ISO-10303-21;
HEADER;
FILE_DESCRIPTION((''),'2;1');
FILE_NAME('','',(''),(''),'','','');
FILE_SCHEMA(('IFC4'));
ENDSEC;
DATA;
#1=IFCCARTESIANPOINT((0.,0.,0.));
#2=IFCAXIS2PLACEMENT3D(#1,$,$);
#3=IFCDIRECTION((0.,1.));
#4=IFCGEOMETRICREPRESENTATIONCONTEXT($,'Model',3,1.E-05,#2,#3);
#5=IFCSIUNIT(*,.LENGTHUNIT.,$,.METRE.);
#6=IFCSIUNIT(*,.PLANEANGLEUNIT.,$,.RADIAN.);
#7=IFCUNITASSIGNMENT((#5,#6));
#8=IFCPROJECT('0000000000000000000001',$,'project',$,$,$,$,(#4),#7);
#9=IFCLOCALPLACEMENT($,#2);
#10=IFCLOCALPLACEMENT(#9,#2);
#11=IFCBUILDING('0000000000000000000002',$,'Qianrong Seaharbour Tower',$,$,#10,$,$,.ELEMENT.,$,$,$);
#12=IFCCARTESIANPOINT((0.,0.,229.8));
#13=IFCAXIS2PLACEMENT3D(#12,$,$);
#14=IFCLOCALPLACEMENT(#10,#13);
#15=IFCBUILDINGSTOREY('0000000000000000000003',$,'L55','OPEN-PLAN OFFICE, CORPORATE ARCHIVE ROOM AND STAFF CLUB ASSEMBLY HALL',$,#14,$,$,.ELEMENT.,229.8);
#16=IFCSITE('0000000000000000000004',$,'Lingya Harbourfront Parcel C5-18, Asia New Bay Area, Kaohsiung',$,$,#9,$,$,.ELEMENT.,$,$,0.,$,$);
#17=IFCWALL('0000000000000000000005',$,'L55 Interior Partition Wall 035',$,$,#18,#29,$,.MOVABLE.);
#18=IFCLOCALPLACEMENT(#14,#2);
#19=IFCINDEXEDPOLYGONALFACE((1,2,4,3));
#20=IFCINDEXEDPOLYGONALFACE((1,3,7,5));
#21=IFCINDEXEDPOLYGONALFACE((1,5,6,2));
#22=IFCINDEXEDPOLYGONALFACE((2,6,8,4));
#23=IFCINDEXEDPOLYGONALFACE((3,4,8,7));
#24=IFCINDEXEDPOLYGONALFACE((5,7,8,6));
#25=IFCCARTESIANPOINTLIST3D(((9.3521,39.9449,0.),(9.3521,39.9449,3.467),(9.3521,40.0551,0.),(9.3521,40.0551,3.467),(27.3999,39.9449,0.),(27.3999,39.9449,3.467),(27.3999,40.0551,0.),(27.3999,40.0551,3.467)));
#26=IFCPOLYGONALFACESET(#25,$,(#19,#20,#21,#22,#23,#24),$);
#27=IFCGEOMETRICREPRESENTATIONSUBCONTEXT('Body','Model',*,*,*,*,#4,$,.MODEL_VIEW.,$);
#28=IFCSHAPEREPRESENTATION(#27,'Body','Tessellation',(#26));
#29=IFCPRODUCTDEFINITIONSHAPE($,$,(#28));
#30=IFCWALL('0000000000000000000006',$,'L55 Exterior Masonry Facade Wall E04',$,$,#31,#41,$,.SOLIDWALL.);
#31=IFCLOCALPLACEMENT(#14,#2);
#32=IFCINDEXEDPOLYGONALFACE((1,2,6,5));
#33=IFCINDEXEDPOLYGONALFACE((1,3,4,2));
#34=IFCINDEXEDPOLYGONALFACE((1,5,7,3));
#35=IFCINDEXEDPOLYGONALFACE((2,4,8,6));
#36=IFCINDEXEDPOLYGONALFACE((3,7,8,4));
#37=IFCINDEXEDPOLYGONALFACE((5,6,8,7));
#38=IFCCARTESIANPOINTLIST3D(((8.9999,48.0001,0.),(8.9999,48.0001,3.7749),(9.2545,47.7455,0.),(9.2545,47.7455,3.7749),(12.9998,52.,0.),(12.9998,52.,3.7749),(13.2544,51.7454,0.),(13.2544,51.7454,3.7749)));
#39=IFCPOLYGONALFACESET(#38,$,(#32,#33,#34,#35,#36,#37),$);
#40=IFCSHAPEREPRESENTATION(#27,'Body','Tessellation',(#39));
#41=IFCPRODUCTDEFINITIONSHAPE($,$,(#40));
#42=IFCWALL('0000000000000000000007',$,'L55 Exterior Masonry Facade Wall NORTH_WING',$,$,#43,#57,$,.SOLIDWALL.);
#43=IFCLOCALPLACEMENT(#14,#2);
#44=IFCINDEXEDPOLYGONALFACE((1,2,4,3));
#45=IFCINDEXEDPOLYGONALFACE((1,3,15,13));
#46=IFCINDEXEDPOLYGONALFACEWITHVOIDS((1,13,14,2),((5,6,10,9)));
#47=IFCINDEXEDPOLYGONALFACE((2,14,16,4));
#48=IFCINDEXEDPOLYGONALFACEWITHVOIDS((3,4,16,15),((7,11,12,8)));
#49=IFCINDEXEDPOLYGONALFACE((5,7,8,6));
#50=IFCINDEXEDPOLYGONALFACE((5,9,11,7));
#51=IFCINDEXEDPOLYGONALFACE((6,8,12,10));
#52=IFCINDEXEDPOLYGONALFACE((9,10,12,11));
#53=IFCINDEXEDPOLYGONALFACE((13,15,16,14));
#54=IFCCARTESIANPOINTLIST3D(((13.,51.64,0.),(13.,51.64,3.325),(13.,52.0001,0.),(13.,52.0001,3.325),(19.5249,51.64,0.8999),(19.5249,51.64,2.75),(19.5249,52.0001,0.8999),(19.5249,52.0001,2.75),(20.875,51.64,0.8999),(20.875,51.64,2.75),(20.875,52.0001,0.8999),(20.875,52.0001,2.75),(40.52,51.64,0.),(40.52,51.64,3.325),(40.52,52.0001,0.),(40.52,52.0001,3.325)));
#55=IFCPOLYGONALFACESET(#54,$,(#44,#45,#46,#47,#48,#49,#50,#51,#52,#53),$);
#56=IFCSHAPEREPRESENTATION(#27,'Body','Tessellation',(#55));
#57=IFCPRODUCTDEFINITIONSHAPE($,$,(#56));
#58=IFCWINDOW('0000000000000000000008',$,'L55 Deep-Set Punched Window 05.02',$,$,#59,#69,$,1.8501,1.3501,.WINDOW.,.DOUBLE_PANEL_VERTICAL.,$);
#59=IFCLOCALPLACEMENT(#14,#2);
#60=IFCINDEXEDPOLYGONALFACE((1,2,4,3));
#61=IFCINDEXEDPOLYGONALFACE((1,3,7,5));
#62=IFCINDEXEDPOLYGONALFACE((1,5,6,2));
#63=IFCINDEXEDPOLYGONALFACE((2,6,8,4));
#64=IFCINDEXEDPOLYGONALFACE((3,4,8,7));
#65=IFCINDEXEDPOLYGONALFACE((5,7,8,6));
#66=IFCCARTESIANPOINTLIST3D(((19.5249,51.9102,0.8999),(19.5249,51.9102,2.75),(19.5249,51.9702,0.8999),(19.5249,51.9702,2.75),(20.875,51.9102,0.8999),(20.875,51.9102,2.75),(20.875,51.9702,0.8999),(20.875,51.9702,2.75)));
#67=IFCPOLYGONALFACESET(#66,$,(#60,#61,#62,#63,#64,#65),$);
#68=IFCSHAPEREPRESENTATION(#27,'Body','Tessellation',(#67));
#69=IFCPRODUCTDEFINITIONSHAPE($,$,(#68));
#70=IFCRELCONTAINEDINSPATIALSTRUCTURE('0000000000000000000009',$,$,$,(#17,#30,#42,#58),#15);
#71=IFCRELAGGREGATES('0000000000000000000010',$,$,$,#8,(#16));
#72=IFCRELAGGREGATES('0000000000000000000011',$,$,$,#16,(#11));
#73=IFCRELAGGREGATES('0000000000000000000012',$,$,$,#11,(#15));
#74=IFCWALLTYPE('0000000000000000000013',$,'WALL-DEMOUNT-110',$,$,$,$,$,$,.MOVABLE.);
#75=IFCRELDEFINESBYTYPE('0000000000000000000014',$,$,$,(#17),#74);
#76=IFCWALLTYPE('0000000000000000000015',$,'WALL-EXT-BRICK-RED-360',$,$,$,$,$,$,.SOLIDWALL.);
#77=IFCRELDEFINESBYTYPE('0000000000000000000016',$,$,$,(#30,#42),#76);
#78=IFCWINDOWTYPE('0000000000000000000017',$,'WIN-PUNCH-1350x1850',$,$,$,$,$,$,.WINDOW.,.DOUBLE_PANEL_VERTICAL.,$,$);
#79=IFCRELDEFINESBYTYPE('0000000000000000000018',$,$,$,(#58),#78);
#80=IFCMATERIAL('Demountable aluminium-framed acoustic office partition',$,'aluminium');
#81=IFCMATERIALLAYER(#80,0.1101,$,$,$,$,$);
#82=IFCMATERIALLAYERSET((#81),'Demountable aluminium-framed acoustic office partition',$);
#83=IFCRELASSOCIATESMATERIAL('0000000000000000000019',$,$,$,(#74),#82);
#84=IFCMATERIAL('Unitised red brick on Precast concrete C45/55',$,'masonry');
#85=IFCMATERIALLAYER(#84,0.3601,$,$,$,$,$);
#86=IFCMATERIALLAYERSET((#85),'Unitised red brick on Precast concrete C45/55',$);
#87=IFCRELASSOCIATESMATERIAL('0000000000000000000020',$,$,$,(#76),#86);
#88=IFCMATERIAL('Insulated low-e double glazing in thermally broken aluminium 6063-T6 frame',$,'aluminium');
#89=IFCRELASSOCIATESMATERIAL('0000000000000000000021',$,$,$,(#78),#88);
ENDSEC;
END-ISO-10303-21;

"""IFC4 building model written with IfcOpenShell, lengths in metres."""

from ifc_helpers import new_model, si_unit, direction, frame, frame_2d, origin, place, context, subcontext, project, spatial, rectangle, extrude, material, layer, layer_set, type_object, element, fill, save


model = new_model("IFC4")

# Units and contexts
model_context = context("Model", 3, precision=1e-05, world=origin(), true_north=direction((0.0, 1.0)))
body_context = subcontext(model_context, "Body", "Model", "MODEL_VIEW")
ifc_project = project(units=[si_unit("LENGTHUNIT", "METRE"), si_unit("PLANEANGLEUNIT", "RADIAN")], contexts=[model_context])

# Site, building, storey
site_placement = place(None, origin())
site = spatial("IfcSite", under=ifc_project, at=site_placement, Name="Lingya Harbourfront Parcel C5-18, Asia New Bay Area, Kaohsiung", CompositionType="ELEMENT", RefElevation=0.0)
building_placement = place(site_placement, origin())
building = spatial("IfcBuilding", under=site, at=building_placement, Name="Qianrong Seaharbour Tower", CompositionType="ELEMENT")
storey_placement = place(building_placement, frame((0.0, 0.0, 229.8)))
storey = spatial("IfcBuildingStorey", under=building, at=storey_placement, Name="L55", Description="OPEN-PLAN OFFICE, CORPORATE ARCHIVE ROOM AND STAFF CLUB ASSEMBLY HALL", CompositionType="ELEMENT", Elevation=229.8)

# Walls
ifc_material_1 = material(Name="Demountable aluminium-framed acoustic office partition", Category="aluminium")
ifc_layer_1 = layer(ifc_material_1, 0.1101)
ifc_layer_set_1 = layer_set([ifc_layer_1], Name="Demountable aluminium-framed acoustic office partition")
wall_type_1 = type_object("IfcWallType", Name="WALL-DEMOUNT-110", PredefinedType="MOVABLE", material=ifc_layer_set_1)
wall_1_placement = place(storey_placement, frame((27.3999, 40.0, 0.0), z_axis=(0.0, 0.0, 1.0), x_axis=(-1.0, 0.0, 0.0)))
element("IfcWall", 1, at=wall_1_placement, inside=storey, type_object=wall_type_1, Name="L55 Interior Partition Wall 035", PredefinedType="MOVABLE", context=body_context, shape_type="SweptSolid", body=[
    extrude(rectangle(XDim=18.0479, YDim=0.1101, at=frame_2d((9.0239, 0.0))), origin(), (0.0, 0.0, 1.0), 3.467),
])
ifc_material_2 = material(Name="Unitised red brick on Precast concrete C45/55", Category="masonry")
ifc_layer_2 = layer(ifc_material_2, 0.3601)
ifc_layer_set_2 = layer_set([ifc_layer_2], Name="Unitised red brick on Precast concrete C45/55")
wall_type_2 = type_object("IfcWallType", Name="WALL-EXT-BRICK-RED-360", PredefinedType="SOLIDWALL", material=ifc_layer_set_2)
wall_2_placement = place(storey_placement, frame((9.1272, 47.8728, 0.0), z_axis=(0.0, 0.0, 1.0), x_axis=(0.707107, 0.707107, 0.0)))
element("IfcWall", 2, at=wall_2_placement, inside=storey, type_object=wall_type_2, Name="L55 Exterior Masonry Facade Wall E04", PredefinedType="SOLIDWALL", context=body_context, shape_type="SweptSolid", body=[
    extrude(rectangle(XDim=5.6567, YDim=0.3601, at=frame_2d((2.8284, 0.0))), origin(), (0.0, 0.0, 1.0), 3.7749),
])

# Wall, opening, window
wall_3_placement = place(storey_placement, frame((13.0, 51.8201, 0.0), z_axis=(0.0, 0.0, 1.0), x_axis=(1.0, 0.0, 0.0)))
wall_3 = element("IfcWall", 3, at=wall_3_placement, inside=storey, type_object=wall_type_2, Name="L55 Exterior Masonry Facade Wall NORTH_WING", PredefinedType="SOLIDWALL", context=body_context, shape_type="SweptSolid", body=[
    extrude(rectangle(XDim=27.52, YDim=0.3601, at=frame_2d((13.76, 0.0))), origin(), (0.0, 0.0, 1.0), 3.325),
])
opening_1_placement = place(wall_3_placement, frame((6.5249, 0.0, 0.8999)))
opening_1 = element("IfcOpeningElement", 4, at=opening_1_placement, cuts=wall_3, PredefinedType="OPENING", context=body_context, shape_type="SweptSolid", body=[
    extrude(rectangle(XDim=1.3501, YDim=1.8501, at=frame_2d((0.675, 0.925))), frame((0.0, 0.1899, 0.0), z_axis=(0.0, -1.0, 0.0), x_axis=(1.0, 0.0, 0.0)), (0.0, 0.0, 1.0), 0.3801),
])
ifc_material_3 = material(Name="Insulated low-e double glazing in thermally broken aluminium 6063-T6 frame", Category="aluminium")
window_type = type_object("IfcWindowType", Name="WIN-PUNCH-1350x1850", PartitioningType="DOUBLE_PANEL_VERTICAL", PredefinedType="WINDOW", material=ifc_material_3)
window_placement = place(opening_1_placement, origin())
window = element("IfcWindow", 5, at=window_placement, inside=storey, type_object=window_type, Name="L55 Deep-Set Punched Window 05.02", OverallHeight=1.8501, OverallWidth=1.3501, PartitioningType="DOUBLE_PANEL_VERTICAL", PredefinedType="WINDOW", context=body_context, shape_type="SweptSolid", body=[
    extrude(rectangle(XDim=1.3501, YDim=1.8501, at=frame_2d((0.675, 0.925))), frame((0.0, 0.1501, 0.0), z_axis=(0.0, -1.0, 0.0), x_axis=(1.0, 0.0, 0.0)), (0.0, 0.0, 1.0), 0.0601),
])
fill(opening_1, window)

save(model, "model.ifc")
